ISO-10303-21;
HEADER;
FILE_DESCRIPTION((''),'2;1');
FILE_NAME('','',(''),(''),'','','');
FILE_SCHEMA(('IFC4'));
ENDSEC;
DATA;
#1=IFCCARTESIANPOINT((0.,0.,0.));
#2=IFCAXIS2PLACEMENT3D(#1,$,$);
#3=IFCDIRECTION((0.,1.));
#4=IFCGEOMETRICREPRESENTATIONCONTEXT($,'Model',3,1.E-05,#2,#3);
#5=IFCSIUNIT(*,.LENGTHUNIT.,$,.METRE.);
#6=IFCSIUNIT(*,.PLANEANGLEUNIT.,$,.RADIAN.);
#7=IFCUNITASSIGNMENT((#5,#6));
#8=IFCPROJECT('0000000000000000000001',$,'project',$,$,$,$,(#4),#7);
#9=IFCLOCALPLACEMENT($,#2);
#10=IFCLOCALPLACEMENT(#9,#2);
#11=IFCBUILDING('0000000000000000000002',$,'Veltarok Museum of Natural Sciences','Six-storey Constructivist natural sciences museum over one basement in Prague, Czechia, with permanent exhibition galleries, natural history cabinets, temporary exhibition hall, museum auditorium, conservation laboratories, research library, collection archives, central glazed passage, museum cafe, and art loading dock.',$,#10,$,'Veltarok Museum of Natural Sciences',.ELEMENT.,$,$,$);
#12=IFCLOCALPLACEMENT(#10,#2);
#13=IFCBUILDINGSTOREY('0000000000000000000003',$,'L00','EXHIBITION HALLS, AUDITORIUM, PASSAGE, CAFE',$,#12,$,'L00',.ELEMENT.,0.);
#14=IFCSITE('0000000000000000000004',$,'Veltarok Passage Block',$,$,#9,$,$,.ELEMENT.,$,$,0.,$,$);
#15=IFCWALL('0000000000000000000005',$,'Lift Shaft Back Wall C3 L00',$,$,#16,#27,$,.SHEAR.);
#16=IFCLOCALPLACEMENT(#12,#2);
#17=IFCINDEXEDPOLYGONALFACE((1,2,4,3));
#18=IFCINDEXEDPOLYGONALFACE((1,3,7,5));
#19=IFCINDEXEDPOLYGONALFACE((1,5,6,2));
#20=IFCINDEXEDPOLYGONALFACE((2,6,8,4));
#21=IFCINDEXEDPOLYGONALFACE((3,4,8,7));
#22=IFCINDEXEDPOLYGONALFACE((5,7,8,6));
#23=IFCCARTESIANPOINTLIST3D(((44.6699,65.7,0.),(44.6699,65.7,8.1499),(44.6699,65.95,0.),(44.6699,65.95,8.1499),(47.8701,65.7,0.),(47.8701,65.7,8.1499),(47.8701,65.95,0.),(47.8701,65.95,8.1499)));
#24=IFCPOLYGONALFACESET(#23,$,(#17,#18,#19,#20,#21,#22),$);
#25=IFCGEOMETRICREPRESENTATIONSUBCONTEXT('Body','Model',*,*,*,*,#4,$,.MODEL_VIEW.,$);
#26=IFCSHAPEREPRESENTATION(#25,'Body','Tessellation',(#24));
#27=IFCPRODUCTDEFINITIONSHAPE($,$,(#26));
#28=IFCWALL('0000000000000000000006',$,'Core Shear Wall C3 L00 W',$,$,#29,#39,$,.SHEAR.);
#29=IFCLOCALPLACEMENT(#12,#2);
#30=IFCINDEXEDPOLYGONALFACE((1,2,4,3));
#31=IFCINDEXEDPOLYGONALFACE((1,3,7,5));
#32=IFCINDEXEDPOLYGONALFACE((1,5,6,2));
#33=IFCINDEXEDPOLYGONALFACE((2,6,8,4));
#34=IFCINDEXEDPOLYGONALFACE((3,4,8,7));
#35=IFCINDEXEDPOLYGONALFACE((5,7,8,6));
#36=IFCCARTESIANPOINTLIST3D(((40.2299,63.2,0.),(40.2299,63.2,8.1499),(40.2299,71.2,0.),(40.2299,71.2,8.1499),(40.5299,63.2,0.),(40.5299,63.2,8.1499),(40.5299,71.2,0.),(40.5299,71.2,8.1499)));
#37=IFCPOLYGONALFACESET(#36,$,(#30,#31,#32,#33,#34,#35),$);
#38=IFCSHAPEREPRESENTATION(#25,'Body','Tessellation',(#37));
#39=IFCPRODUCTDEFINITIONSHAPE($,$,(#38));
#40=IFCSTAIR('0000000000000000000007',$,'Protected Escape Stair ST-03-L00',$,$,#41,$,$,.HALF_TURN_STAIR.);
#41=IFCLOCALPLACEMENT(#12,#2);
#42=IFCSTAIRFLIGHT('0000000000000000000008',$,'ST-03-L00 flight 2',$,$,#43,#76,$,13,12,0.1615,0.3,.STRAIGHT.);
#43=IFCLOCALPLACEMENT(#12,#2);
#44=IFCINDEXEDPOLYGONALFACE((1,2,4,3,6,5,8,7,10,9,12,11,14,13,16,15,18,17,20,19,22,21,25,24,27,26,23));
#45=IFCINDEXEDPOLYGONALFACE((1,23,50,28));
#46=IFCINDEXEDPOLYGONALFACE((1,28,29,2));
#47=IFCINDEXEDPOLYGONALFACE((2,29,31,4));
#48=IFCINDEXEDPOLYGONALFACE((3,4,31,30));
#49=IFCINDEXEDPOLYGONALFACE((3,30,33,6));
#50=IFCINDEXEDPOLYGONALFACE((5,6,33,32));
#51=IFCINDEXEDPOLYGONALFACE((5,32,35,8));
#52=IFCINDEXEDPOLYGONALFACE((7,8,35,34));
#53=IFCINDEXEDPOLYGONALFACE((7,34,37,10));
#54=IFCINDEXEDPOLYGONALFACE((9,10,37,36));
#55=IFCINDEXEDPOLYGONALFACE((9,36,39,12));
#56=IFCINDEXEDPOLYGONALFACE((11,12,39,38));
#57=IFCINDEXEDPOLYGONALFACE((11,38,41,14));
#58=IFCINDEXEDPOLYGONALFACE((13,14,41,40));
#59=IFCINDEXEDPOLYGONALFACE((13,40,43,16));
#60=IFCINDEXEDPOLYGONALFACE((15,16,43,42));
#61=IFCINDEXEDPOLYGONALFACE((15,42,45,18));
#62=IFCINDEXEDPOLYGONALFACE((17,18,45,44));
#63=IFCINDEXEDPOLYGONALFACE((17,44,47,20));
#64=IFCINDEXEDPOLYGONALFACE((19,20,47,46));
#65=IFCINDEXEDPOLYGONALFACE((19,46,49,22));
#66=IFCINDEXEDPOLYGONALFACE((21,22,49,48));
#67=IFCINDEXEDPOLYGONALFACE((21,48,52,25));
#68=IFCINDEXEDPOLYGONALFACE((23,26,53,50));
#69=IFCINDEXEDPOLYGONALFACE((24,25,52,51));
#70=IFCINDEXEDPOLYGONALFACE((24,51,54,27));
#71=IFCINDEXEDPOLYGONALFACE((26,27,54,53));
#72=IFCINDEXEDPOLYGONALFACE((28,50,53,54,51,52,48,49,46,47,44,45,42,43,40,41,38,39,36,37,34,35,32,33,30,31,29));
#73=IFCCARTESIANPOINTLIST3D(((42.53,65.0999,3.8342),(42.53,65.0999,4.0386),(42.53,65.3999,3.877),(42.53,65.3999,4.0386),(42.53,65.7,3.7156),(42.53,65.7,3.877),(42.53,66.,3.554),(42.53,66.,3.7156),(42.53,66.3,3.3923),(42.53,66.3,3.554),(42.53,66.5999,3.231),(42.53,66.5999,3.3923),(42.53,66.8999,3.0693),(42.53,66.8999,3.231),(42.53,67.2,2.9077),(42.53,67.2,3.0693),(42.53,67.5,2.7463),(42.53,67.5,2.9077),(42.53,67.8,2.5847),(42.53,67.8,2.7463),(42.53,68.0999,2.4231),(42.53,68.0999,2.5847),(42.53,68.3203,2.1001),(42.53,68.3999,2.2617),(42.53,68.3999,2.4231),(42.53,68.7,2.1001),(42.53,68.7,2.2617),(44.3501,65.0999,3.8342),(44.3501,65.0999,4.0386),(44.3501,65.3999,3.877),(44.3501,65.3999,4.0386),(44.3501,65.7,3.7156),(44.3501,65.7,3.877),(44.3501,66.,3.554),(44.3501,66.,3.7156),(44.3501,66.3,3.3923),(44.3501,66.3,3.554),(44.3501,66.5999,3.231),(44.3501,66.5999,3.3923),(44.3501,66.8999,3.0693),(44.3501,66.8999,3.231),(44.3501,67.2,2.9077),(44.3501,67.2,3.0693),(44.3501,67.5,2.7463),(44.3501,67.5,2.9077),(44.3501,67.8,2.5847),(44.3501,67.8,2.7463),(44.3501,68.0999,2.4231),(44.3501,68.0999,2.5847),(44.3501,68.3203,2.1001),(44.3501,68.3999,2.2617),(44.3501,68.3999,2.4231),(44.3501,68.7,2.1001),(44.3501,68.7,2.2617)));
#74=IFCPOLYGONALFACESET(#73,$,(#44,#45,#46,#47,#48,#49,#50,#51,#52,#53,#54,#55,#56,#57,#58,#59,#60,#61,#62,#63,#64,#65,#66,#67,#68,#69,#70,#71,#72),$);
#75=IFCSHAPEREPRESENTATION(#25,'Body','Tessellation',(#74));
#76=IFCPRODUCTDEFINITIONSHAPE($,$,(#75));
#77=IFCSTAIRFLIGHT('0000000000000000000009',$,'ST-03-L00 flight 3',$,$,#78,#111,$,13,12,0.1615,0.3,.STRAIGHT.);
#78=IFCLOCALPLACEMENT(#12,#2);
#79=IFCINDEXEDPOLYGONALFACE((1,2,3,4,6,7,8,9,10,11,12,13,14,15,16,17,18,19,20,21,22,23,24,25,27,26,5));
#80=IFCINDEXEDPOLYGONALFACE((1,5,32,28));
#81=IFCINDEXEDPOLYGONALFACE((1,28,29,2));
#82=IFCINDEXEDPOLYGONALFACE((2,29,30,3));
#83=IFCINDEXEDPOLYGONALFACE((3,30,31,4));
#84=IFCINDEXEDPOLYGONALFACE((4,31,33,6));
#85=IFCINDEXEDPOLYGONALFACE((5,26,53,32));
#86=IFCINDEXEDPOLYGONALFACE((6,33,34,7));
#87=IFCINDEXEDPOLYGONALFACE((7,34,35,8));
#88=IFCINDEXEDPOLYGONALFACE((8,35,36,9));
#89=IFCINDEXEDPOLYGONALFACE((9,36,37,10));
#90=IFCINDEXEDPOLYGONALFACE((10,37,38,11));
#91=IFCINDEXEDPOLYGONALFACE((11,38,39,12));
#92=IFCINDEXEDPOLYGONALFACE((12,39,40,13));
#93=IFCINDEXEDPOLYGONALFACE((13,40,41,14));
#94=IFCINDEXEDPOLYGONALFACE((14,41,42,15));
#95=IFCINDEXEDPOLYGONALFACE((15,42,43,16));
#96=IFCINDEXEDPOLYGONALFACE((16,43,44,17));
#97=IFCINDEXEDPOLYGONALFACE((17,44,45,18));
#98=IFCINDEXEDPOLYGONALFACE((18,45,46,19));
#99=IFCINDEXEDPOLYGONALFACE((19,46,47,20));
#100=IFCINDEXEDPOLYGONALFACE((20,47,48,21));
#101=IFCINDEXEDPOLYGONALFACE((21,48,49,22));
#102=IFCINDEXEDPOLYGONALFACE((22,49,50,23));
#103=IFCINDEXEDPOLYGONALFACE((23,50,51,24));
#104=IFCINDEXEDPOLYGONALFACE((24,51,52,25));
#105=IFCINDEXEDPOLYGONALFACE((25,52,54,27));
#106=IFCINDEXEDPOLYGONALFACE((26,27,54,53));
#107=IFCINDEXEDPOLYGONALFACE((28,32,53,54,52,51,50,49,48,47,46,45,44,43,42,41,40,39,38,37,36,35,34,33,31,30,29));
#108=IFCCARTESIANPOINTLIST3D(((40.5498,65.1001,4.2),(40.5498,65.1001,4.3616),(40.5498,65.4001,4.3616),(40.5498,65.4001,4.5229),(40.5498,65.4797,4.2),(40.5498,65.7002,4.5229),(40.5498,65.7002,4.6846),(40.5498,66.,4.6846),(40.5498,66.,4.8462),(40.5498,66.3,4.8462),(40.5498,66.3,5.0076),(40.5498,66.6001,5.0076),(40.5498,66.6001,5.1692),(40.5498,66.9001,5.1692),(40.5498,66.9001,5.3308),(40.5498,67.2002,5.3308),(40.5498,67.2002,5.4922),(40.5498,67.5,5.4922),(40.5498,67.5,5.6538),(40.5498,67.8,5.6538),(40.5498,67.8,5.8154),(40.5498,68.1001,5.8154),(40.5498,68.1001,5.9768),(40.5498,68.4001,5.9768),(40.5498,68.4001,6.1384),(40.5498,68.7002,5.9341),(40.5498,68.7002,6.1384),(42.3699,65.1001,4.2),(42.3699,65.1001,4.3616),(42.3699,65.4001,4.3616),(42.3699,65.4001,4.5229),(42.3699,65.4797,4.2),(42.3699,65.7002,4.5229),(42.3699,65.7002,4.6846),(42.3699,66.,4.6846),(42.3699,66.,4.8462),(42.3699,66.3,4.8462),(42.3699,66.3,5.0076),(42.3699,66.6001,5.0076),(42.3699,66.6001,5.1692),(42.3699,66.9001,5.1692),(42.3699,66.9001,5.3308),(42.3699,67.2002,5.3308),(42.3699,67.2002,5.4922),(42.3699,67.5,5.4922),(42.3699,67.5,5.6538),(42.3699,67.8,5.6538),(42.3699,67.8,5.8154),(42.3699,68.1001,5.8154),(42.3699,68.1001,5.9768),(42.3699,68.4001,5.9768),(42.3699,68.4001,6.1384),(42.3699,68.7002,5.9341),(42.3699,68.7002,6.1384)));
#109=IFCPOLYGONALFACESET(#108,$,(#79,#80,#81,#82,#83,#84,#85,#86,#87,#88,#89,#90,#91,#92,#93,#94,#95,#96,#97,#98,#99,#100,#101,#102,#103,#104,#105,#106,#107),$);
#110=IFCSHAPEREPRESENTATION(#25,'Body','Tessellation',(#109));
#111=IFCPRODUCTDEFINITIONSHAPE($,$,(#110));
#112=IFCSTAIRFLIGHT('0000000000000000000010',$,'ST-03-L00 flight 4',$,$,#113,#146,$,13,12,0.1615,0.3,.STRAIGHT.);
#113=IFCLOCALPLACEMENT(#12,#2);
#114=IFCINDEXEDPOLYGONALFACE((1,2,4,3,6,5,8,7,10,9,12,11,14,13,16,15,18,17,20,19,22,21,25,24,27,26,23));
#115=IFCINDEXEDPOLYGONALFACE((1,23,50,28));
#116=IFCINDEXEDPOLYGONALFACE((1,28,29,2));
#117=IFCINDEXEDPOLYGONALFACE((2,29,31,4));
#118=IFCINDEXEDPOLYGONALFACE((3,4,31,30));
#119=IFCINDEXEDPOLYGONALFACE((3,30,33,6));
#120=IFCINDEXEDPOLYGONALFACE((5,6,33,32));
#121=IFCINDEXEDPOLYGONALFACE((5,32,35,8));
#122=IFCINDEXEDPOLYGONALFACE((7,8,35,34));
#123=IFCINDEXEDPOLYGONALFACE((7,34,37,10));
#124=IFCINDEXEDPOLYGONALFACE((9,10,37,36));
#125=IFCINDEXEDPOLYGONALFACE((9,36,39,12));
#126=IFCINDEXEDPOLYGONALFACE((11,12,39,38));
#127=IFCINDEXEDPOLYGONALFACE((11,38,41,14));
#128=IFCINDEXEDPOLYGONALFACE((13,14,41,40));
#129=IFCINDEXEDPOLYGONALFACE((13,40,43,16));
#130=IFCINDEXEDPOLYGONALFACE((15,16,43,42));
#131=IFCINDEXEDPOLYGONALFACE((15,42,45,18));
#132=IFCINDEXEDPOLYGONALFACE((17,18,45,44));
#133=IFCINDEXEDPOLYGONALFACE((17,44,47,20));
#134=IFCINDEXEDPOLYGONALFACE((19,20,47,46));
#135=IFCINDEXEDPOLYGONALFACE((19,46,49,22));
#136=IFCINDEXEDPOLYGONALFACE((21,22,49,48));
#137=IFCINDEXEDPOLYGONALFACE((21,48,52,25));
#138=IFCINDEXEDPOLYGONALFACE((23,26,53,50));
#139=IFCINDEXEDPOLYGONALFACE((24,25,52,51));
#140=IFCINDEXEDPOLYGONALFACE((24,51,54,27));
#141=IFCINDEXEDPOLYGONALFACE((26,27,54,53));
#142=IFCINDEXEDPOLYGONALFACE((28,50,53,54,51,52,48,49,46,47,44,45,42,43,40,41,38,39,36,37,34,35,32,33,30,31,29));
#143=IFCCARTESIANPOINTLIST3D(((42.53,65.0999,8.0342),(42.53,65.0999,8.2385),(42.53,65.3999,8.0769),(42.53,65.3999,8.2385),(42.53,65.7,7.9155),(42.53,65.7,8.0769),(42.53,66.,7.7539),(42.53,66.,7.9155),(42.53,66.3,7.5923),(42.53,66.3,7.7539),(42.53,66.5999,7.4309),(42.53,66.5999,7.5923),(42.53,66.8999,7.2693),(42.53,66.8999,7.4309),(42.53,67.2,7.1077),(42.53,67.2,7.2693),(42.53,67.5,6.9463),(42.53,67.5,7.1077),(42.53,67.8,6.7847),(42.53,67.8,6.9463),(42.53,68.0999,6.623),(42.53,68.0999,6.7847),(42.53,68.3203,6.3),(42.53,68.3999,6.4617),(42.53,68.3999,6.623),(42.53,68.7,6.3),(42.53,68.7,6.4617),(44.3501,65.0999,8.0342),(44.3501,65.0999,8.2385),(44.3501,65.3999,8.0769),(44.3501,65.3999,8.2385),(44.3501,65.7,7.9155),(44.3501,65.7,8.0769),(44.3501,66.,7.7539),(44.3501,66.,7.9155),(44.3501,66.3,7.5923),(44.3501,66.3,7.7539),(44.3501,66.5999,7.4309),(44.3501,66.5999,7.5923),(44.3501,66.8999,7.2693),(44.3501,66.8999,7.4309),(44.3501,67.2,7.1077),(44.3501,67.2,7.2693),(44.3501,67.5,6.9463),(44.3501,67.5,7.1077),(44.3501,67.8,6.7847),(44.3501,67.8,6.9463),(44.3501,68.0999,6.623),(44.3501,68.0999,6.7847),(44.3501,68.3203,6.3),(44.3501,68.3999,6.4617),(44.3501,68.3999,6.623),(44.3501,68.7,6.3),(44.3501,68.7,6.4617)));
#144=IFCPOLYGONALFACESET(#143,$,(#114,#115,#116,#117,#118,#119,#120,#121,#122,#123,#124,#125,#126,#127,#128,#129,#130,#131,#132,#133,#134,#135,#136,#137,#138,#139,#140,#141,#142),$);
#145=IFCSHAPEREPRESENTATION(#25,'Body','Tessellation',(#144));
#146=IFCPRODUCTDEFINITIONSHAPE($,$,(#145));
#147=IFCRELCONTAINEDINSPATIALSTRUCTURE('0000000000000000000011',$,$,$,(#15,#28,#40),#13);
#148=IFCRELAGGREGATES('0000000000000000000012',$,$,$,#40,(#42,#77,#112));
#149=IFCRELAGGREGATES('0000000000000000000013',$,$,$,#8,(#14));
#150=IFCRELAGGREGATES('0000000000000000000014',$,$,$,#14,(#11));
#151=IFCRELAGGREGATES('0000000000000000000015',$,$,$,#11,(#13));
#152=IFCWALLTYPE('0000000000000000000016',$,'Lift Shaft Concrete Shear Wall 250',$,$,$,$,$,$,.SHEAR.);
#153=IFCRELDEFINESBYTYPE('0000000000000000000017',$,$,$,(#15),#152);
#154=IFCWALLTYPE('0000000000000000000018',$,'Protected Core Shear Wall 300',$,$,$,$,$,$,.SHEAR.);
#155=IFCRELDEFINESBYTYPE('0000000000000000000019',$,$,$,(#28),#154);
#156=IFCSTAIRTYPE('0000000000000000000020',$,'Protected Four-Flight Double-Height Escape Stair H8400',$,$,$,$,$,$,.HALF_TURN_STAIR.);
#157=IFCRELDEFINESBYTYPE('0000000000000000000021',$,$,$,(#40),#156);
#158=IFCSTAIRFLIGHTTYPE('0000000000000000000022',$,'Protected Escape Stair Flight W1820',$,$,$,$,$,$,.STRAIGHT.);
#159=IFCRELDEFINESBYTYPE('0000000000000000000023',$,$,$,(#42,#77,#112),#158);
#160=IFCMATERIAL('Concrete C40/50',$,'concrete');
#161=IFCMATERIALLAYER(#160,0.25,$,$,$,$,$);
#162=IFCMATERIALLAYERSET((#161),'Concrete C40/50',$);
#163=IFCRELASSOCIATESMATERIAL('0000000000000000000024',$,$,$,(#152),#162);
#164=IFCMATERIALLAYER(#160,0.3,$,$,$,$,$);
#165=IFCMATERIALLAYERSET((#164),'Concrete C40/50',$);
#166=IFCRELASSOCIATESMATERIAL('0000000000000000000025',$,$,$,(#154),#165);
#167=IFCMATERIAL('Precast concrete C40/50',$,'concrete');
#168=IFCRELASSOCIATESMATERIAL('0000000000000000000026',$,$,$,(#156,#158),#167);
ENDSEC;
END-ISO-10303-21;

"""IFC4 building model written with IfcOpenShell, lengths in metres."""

from ifc_helpers import new_model, si_unit, direction, frame, frame_2d, origin, place, context, subcontext, project, spatial, polyline, rectangle, outline, extrude, material, layer, layer_set, type_object, element, aggregate, save


model = new_model("IFC4")

# Units and contexts
model_context = context("Model", 3, precision=1e-05, world=origin(), true_north=direction((0.0, 1.0)))
body_context = subcontext(model_context, "Body", "Model", "MODEL_VIEW")
ifc_project = project(units=[si_unit("LENGTHUNIT", "METRE"), si_unit("PLANEANGLEUNIT", "RADIAN")], contexts=[model_context])

# Site, building, storey
site_placement = place(None, origin())
site = spatial("IfcSite", under=ifc_project, at=site_placement, Name="Veltarok Passage Block", CompositionType="ELEMENT", RefElevation=0.0)
building_placement = place(site_placement, origin())
building = spatial("IfcBuilding", under=site, at=building_placement, Name="Veltarok Museum of Natural Sciences", Description="Six-storey Constructivist natural sciences museum over one basement in Prague, Czechia, with permanent exhibition galleries, natural history cabinets, temporary exhibition hall, museum auditorium, conservation laboratories, research library, collection archives, central glazed passage, museum cafe, and art loading dock.", LongName="Veltarok Museum of Natural Sciences", CompositionType="ELEMENT")
storey_placement = place(building_placement, origin())
storey = spatial("IfcBuildingStorey", under=building, at=storey_placement, Name="L00", Description="EXHIBITION HALLS, AUDITORIUM, PASSAGE, CAFE", LongName="L00", CompositionType="ELEMENT", Elevation=0.0)

# Walls
ifc_material_1 = material(Name="Concrete C40/50", Category="concrete")
ifc_layer_1 = layer(ifc_material_1, 0.25)
ifc_layer_set_1 = layer_set([ifc_layer_1], Name="Concrete C40/50")
wall_type_1 = type_object("IfcWallType", Name="Lift Shaft Concrete Shear Wall 250", PredefinedType="SHEAR", material=ifc_layer_set_1)
wall_1_placement = place(storey_placement, frame((44.6699, 65.825, 0.0), z_axis=(0.0, 0.0, 1.0), x_axis=(1.0, 0.0, 0.0)))
element("IfcWall", 1, at=wall_1_placement, inside=storey, type_object=wall_type_1, Name="Lift Shaft Back Wall C3 L00", PredefinedType="SHEAR", context=body_context, shape_type="SweptSolid", body=[
    extrude(rectangle(XDim=3.2002, YDim=0.25, at=frame_2d((1.6001, 0.0))), origin(), (0.0, 0.0, 1.0), 8.1499),
])
ifc_layer_2 = layer(ifc_material_1, 0.3)
ifc_layer_set_2 = layer_set([ifc_layer_2], Name="Concrete C40/50")
wall_type_2 = type_object("IfcWallType", Name="Protected Core Shear Wall 300", PredefinedType="SHEAR", material=ifc_layer_set_2)
wall_2_placement = place(storey_placement, frame((40.3799, 71.2, 0.0), z_axis=(0.0, 0.0, 1.0), x_axis=(0.0, -1.0, 0.0)))
element("IfcWall", 2, at=wall_2_placement, inside=storey, type_object=wall_type_2, Name="Core Shear Wall C3 L00 W", PredefinedType="SHEAR", context=body_context, shape_type="SweptSolid", body=[
    extrude(rectangle(XDim=8.0, YDim=0.3, at=frame_2d((4.0, 0.0))), origin(), (0.0, 0.0, 1.0), 8.1499),
])

# Stair, stair flights
ifc_material_2 = material(Name="Precast concrete C40/50", Category="concrete")
stair_type = type_object("IfcStairType", Name="Protected Four-Flight Double-Height Escape Stair H8400", PredefinedType="HALF_TURN_STAIR", material=ifc_material_2)
stair_placement = place(storey_placement, origin())
stair = element("IfcStair", 3, at=stair_placement, inside=storey, type_object=stair_type, Name="Protected Escape Stair ST-03-L00", PredefinedType="HALF_TURN_STAIR")
stair_flight_type = type_object("IfcStairFlightType", Name="Protected Escape Stair Flight W1820", PredefinedType="STRAIGHT", material=ifc_material_2)
stair_flight_1_placement = place(storey_placement, frame((43.4399, 68.7, 2.1001), z_axis=(0.0, 0.0, 1.0), x_axis=(0.0, -1.0, 0.0)))
stair_flight_1 = element("IfcStairFlight", 4, at=stair_flight_1_placement, type_object=stair_flight_type, Name="ST-03-L00 flight 2", NumberOfRisers=13, NumberOfTreads=12, PredefinedType="STRAIGHT", RiserHeight=0.1615, TreadLength=0.3, context=body_context, shape_type="SweptSolid", body=[
    extrude(outline(polyline([(0.0, 0.0), (0.0, 0.1616), (0.3, 0.1616), (0.3, 0.323), (0.6001, 0.323), (0.6001, 0.4846), (0.8999, 0.4846), (0.8999, 0.6462), (1.2, 0.6462), (1.2, 0.8076), (1.5, 0.8076), (1.5, 0.9692), (1.8, 0.9692), (1.8, 1.1309), (2.1001, 1.1309), (2.1001, 1.2922), (2.3999, 1.2922), (2.3999, 1.4539), (2.7, 1.4539), (2.7, 1.6155), (3.0, 1.6155), (3.0, 1.7769), (3.3, 1.7769), (3.3, 1.9385), (3.6001, 1.9385), (3.6001, 2.1001), (3.6001, 1.7341), (0.3796, 0.0), (0.0, 0.0)])), frame((0.0, 0.9102, 0.0), z_axis=(0.0, -1.0, 0.0), x_axis=(1.0, 0.0, 0.0)), (0.0, 0.0, 1.0), 1.8201),
])
stair_flight_2_placement = place(storey_placement, frame((41.46, 65.1001, 4.2), z_axis=(0.0, 0.0, 1.0), x_axis=(0.0, 1.0, 0.0)))
stair_flight_2 = element("IfcStairFlight", 5, at=stair_flight_2_placement, type_object=stair_flight_type, Name="ST-03-L00 flight 3", NumberOfRisers=13, NumberOfTreads=12, PredefinedType="STRAIGHT", RiserHeight=0.1615, TreadLength=0.3, context=body_context, shape_type="SweptSolid", body=[
    extrude(outline(polyline([(0.0, 0.0), (0.0, 0.1616), (0.3, 0.1616), (0.3, 0.323), (0.6001, 0.323), (0.6001, 0.4846), (0.8999, 0.4846), (0.8999, 0.6462), (1.2, 0.6462), (1.2, 0.8076), (1.5, 0.8076), (1.5, 0.9692), (1.8, 0.9692), (1.8, 1.1309), (2.1001, 1.1309), (2.1001, 1.2922), (2.3999, 1.2922), (2.3999, 1.4539), (2.7, 1.4539), (2.7, 1.6155), (3.0, 1.6155), (3.0, 1.7769), (3.3, 1.7769), (3.3, 1.9385), (3.6001, 1.9385), (3.6001, 2.1001), (3.6001, 1.7341), (0.3796, 0.0), (0.0, 0.0)])), frame((0.0, 0.9102, 0.0), z_axis=(0.0, -1.0, 0.0), x_axis=(1.0, 0.0, 0.0)), (0.0, 0.0, 1.0), 1.8201),
])
stair_flight_3_placement = place(storey_placement, frame((43.4399, 68.7, 6.3), z_axis=(0.0, 0.0, 1.0), x_axis=(0.0, -1.0, 0.0)))
stair_flight_3 = element("IfcStairFlight", 6, at=stair_flight_3_placement, type_object=stair_flight_type, Name="ST-03-L00 flight 4", NumberOfRisers=13, NumberOfTreads=12, PredefinedType="STRAIGHT", RiserHeight=0.1615, TreadLength=0.3, context=body_context, shape_type="SweptSolid", body=[
    extrude(outline(polyline([(0.0, 0.0), (0.0, 0.1616), (0.3, 0.1616), (0.3, 0.323), (0.6001, 0.323), (0.6001, 0.4846), (0.8999, 0.4846), (0.8999, 0.6462), (1.2, 0.6462), (1.2, 0.8076), (1.5, 0.8076), (1.5, 0.9692), (1.8, 0.9692), (1.8, 1.1309), (2.1001, 1.1309), (2.1001, 1.2922), (2.3999, 1.2922), (2.3999, 1.4539), (2.7, 1.4539), (2.7, 1.6155), (3.0, 1.6155), (3.0, 1.7769), (3.3, 1.7769), (3.3, 1.9385), (3.6001, 1.9385), (3.6001, 2.1001), (3.6001, 1.7341), (0.3796, 0.0), (0.0, 0.0)])), frame((0.0, 0.9102, 0.0), z_axis=(0.0, -1.0, 0.0), x_axis=(1.0, 0.0, 0.0)), (0.0, 0.0, 1.0), 1.8201),
])
aggregate(stair, [stair_flight_1, stair_flight_2, stair_flight_3])

save(model, "model.ifc")
